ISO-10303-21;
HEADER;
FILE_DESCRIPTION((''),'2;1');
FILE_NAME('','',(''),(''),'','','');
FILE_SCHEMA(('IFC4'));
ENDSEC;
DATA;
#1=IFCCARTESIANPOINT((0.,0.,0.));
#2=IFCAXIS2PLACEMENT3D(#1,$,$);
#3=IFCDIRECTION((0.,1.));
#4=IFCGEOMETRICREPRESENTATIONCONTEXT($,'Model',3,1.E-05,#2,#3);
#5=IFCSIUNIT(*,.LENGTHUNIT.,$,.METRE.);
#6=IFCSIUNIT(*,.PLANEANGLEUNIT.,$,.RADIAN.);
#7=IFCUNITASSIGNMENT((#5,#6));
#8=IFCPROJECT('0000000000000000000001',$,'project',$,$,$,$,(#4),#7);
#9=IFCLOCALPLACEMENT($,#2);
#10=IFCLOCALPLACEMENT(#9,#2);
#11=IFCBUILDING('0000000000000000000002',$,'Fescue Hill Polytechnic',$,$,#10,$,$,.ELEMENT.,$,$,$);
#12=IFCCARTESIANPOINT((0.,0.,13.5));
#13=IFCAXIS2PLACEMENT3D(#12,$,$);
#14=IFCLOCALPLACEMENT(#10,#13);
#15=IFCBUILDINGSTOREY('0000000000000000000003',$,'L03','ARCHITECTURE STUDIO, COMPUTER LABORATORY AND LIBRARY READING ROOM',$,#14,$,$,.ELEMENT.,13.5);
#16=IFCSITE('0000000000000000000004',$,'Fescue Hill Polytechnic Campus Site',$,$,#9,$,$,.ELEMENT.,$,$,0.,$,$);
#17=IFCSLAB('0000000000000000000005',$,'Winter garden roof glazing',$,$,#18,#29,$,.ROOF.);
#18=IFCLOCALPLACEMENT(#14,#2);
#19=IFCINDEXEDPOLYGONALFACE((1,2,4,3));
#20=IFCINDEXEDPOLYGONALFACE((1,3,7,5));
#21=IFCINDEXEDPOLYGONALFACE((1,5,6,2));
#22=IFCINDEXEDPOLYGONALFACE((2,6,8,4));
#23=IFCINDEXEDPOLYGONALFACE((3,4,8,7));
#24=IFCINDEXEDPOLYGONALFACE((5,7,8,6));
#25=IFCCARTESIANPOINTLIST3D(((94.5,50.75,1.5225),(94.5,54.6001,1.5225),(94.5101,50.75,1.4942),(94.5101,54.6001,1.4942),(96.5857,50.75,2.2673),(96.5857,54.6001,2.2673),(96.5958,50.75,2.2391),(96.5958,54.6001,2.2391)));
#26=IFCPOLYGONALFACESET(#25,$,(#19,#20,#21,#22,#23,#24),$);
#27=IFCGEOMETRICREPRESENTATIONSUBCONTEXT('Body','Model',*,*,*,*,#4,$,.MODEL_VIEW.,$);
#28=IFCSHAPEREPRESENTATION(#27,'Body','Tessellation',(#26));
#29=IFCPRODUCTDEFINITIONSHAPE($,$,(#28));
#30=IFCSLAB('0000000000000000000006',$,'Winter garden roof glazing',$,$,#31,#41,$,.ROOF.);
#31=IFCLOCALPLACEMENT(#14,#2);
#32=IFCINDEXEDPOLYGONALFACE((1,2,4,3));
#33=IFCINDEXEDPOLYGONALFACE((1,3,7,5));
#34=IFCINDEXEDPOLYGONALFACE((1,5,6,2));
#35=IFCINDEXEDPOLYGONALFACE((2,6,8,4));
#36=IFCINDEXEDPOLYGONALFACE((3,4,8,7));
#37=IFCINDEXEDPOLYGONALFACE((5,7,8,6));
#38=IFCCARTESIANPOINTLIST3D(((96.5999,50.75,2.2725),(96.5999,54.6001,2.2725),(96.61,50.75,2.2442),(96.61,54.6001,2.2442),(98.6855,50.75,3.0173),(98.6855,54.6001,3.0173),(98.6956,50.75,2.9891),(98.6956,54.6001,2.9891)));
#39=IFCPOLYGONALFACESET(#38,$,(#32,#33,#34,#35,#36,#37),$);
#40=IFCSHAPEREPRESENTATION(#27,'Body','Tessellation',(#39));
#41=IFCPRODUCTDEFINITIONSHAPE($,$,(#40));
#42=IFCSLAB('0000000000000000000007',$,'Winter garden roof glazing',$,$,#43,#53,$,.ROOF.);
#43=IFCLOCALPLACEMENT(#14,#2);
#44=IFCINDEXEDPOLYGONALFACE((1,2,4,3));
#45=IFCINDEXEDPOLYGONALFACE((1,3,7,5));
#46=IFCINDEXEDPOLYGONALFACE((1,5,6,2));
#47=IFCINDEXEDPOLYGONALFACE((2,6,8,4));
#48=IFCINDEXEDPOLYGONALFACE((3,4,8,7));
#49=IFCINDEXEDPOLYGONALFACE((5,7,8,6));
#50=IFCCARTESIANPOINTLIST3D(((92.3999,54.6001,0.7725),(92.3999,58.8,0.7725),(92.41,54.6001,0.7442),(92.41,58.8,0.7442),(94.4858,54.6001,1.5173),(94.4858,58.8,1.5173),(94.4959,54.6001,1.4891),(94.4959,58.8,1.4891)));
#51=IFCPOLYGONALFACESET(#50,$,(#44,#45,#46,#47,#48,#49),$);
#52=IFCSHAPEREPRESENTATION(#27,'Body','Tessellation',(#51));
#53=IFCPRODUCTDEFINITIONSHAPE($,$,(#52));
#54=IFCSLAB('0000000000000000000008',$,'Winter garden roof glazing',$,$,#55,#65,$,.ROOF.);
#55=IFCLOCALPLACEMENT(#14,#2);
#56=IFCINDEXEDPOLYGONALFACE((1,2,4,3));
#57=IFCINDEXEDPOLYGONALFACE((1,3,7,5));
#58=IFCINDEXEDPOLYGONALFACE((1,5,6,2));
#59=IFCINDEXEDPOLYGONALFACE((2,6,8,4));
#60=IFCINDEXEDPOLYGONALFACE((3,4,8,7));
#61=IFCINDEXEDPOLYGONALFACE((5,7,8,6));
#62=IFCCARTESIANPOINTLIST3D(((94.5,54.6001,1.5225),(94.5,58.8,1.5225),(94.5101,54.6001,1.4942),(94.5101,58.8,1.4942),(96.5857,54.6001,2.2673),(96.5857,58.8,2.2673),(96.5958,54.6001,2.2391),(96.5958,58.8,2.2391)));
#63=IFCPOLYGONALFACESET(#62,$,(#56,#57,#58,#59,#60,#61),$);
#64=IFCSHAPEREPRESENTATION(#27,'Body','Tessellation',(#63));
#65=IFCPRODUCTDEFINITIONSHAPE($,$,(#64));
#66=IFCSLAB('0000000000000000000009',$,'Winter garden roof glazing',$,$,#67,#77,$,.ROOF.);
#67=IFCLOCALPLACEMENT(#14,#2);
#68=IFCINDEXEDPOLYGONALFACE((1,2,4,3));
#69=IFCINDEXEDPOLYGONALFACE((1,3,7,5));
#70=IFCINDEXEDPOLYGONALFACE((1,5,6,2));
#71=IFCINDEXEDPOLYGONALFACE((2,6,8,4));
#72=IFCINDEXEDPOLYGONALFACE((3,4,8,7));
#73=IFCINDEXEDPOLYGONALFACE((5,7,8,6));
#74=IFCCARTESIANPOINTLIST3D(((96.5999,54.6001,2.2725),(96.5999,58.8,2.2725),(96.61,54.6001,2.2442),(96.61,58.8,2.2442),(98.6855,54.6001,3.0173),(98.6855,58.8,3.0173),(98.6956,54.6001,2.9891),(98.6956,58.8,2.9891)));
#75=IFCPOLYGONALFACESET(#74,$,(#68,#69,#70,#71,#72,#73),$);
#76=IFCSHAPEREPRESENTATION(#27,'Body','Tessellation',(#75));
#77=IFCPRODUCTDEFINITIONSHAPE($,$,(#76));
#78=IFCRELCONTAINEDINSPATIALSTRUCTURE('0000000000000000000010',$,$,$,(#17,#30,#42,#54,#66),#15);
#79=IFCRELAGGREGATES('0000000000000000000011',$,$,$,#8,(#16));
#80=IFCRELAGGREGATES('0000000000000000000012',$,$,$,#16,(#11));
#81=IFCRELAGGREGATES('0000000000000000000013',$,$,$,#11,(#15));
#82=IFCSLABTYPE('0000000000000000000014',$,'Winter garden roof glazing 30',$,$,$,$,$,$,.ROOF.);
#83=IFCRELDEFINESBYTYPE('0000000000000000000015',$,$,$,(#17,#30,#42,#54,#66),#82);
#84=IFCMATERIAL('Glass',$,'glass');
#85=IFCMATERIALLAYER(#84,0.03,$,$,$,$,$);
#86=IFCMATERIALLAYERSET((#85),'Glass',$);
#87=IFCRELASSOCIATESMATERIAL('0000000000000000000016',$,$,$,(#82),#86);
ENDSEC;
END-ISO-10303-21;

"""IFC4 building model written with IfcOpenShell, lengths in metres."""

from ifc_helpers import new_model, si_unit, direction, frame, origin, place, context, subcontext, project, spatial, polyline, outline, extrude, material, layer, layer_set, type_object, element, save


model = new_model("IFC4")

# Units and contexts
model_context = context("Model", 3, precision=1e-05, world=origin(), true_north=direction((0.0, 1.0)))
body_context = subcontext(model_context, "Body", "Model", "MODEL_VIEW")
ifc_project = project(units=[si_unit("LENGTHUNIT", "METRE"), si_unit("PLANEANGLEUNIT", "RADIAN")], contexts=[model_context])

# Site, building, storey
site_placement = place(None, origin())
site = spatial("IfcSite", under=ifc_project, at=site_placement, Name="Fescue Hill Polytechnic Campus Site", CompositionType="ELEMENT", RefElevation=0.0)
building_placement = place(site_placement, origin())
building = spatial("IfcBuilding", under=site, at=building_placement, Name="Fescue Hill Polytechnic", CompositionType="ELEMENT")
storey_placement = place(building_placement, frame((0.0, 0.0, 13.5)))
storey = spatial("IfcBuildingStorey", under=building, at=storey_placement, Name="L03", Description="ARCHITECTURE STUDIO, COMPUTER LABORATORY AND LIBRARY READING ROOM", CompositionType="ELEMENT", Elevation=13.5)

# Shared definitions
ifc_material_1 = material(Name="Glass", Category="glass")

# Slabs
ifc_layer_1 = layer(ifc_material_1, 0.03)
ifc_layer_set_1 = layer_set([ifc_layer_1], Name="Glass")
slab_type = type_object("IfcSlabType", Name="Winter garden roof glazing 30", PredefinedType="ROOF", material=ifc_layer_set_1)
for number, where, z_axis, x_axis, name in (
    (1, (94.5, 50.75, 1.5225), (-0.336329, 0.0, 0.941744), (0.0, 1.0, 0.0), "Winter garden roof glazing"),
    (2, (96.5999, 50.75, 2.2725), (-0.336329, 0.0, 0.941744), (0.0, 1.0, 0.0), "Winter garden roof glazing"),
):
    element("IfcSlab", number, at=place(storey_placement, frame(where, z_axis=z_axis, x_axis=x_axis)), inside=storey, type_object=slab_type, Name=name, PredefinedType="ROOF", context=body_context, shape_type="SweptSolid", body=[
        extrude(outline(polyline([(0.0, 0.0), (3.8501, 0.0), (3.8501, -2.2147), (0.0, -2.2147), (0.0, 0.0)])), origin(), (0.0, 0.0, -1.0), 0.03),
    ])
slab_placement = place(storey_placement, frame((92.3999, 54.6001, 0.7725), z_axis=(-0.336295, 0.0, 0.941757), x_axis=(0.0, 1.0, 0.0)))
element("IfcSlab", 3, at=slab_placement, inside=storey, type_object=slab_type, Name="Winter garden roof glazing", PredefinedType="ROOF", context=body_context, shape_type="SweptSolid", body=[
    extrude(outline(polyline([(0.0, 0.0), (4.2, 0.0), (4.2, -2.2149), (0.0, -2.2149), (0.0, 0.0)])), origin(), (0.0, 0.0, -1.0), 0.03),
])
for number, where, z_axis, x_axis, name in (
    (4, (94.5, 54.6001, 1.5225), (-0.336329, 0.0, 0.941744), (0.0, 1.0, 0.0), "Winter garden roof glazing"),
    (5, (96.5999, 54.6001, 2.2725), (-0.336329, 0.0, 0.941744), (0.0, 1.0, 0.0), "Winter garden roof glazing"),
):
    element("IfcSlab", number, at=place(storey_placement, frame(where, z_axis=z_axis, x_axis=x_axis)), inside=storey, type_object=slab_type, Name=name, PredefinedType="ROOF", context=body_context, shape_type="SweptSolid", body=[
        extrude(outline(polyline([(0.0, 0.0), (4.2, 0.0), (4.2, -2.2147), (0.0, -2.2147), (0.0, 0.0)])), origin(), (0.0, 0.0, -1.0), 0.03),
    ])

save(model, "model.ifc")
